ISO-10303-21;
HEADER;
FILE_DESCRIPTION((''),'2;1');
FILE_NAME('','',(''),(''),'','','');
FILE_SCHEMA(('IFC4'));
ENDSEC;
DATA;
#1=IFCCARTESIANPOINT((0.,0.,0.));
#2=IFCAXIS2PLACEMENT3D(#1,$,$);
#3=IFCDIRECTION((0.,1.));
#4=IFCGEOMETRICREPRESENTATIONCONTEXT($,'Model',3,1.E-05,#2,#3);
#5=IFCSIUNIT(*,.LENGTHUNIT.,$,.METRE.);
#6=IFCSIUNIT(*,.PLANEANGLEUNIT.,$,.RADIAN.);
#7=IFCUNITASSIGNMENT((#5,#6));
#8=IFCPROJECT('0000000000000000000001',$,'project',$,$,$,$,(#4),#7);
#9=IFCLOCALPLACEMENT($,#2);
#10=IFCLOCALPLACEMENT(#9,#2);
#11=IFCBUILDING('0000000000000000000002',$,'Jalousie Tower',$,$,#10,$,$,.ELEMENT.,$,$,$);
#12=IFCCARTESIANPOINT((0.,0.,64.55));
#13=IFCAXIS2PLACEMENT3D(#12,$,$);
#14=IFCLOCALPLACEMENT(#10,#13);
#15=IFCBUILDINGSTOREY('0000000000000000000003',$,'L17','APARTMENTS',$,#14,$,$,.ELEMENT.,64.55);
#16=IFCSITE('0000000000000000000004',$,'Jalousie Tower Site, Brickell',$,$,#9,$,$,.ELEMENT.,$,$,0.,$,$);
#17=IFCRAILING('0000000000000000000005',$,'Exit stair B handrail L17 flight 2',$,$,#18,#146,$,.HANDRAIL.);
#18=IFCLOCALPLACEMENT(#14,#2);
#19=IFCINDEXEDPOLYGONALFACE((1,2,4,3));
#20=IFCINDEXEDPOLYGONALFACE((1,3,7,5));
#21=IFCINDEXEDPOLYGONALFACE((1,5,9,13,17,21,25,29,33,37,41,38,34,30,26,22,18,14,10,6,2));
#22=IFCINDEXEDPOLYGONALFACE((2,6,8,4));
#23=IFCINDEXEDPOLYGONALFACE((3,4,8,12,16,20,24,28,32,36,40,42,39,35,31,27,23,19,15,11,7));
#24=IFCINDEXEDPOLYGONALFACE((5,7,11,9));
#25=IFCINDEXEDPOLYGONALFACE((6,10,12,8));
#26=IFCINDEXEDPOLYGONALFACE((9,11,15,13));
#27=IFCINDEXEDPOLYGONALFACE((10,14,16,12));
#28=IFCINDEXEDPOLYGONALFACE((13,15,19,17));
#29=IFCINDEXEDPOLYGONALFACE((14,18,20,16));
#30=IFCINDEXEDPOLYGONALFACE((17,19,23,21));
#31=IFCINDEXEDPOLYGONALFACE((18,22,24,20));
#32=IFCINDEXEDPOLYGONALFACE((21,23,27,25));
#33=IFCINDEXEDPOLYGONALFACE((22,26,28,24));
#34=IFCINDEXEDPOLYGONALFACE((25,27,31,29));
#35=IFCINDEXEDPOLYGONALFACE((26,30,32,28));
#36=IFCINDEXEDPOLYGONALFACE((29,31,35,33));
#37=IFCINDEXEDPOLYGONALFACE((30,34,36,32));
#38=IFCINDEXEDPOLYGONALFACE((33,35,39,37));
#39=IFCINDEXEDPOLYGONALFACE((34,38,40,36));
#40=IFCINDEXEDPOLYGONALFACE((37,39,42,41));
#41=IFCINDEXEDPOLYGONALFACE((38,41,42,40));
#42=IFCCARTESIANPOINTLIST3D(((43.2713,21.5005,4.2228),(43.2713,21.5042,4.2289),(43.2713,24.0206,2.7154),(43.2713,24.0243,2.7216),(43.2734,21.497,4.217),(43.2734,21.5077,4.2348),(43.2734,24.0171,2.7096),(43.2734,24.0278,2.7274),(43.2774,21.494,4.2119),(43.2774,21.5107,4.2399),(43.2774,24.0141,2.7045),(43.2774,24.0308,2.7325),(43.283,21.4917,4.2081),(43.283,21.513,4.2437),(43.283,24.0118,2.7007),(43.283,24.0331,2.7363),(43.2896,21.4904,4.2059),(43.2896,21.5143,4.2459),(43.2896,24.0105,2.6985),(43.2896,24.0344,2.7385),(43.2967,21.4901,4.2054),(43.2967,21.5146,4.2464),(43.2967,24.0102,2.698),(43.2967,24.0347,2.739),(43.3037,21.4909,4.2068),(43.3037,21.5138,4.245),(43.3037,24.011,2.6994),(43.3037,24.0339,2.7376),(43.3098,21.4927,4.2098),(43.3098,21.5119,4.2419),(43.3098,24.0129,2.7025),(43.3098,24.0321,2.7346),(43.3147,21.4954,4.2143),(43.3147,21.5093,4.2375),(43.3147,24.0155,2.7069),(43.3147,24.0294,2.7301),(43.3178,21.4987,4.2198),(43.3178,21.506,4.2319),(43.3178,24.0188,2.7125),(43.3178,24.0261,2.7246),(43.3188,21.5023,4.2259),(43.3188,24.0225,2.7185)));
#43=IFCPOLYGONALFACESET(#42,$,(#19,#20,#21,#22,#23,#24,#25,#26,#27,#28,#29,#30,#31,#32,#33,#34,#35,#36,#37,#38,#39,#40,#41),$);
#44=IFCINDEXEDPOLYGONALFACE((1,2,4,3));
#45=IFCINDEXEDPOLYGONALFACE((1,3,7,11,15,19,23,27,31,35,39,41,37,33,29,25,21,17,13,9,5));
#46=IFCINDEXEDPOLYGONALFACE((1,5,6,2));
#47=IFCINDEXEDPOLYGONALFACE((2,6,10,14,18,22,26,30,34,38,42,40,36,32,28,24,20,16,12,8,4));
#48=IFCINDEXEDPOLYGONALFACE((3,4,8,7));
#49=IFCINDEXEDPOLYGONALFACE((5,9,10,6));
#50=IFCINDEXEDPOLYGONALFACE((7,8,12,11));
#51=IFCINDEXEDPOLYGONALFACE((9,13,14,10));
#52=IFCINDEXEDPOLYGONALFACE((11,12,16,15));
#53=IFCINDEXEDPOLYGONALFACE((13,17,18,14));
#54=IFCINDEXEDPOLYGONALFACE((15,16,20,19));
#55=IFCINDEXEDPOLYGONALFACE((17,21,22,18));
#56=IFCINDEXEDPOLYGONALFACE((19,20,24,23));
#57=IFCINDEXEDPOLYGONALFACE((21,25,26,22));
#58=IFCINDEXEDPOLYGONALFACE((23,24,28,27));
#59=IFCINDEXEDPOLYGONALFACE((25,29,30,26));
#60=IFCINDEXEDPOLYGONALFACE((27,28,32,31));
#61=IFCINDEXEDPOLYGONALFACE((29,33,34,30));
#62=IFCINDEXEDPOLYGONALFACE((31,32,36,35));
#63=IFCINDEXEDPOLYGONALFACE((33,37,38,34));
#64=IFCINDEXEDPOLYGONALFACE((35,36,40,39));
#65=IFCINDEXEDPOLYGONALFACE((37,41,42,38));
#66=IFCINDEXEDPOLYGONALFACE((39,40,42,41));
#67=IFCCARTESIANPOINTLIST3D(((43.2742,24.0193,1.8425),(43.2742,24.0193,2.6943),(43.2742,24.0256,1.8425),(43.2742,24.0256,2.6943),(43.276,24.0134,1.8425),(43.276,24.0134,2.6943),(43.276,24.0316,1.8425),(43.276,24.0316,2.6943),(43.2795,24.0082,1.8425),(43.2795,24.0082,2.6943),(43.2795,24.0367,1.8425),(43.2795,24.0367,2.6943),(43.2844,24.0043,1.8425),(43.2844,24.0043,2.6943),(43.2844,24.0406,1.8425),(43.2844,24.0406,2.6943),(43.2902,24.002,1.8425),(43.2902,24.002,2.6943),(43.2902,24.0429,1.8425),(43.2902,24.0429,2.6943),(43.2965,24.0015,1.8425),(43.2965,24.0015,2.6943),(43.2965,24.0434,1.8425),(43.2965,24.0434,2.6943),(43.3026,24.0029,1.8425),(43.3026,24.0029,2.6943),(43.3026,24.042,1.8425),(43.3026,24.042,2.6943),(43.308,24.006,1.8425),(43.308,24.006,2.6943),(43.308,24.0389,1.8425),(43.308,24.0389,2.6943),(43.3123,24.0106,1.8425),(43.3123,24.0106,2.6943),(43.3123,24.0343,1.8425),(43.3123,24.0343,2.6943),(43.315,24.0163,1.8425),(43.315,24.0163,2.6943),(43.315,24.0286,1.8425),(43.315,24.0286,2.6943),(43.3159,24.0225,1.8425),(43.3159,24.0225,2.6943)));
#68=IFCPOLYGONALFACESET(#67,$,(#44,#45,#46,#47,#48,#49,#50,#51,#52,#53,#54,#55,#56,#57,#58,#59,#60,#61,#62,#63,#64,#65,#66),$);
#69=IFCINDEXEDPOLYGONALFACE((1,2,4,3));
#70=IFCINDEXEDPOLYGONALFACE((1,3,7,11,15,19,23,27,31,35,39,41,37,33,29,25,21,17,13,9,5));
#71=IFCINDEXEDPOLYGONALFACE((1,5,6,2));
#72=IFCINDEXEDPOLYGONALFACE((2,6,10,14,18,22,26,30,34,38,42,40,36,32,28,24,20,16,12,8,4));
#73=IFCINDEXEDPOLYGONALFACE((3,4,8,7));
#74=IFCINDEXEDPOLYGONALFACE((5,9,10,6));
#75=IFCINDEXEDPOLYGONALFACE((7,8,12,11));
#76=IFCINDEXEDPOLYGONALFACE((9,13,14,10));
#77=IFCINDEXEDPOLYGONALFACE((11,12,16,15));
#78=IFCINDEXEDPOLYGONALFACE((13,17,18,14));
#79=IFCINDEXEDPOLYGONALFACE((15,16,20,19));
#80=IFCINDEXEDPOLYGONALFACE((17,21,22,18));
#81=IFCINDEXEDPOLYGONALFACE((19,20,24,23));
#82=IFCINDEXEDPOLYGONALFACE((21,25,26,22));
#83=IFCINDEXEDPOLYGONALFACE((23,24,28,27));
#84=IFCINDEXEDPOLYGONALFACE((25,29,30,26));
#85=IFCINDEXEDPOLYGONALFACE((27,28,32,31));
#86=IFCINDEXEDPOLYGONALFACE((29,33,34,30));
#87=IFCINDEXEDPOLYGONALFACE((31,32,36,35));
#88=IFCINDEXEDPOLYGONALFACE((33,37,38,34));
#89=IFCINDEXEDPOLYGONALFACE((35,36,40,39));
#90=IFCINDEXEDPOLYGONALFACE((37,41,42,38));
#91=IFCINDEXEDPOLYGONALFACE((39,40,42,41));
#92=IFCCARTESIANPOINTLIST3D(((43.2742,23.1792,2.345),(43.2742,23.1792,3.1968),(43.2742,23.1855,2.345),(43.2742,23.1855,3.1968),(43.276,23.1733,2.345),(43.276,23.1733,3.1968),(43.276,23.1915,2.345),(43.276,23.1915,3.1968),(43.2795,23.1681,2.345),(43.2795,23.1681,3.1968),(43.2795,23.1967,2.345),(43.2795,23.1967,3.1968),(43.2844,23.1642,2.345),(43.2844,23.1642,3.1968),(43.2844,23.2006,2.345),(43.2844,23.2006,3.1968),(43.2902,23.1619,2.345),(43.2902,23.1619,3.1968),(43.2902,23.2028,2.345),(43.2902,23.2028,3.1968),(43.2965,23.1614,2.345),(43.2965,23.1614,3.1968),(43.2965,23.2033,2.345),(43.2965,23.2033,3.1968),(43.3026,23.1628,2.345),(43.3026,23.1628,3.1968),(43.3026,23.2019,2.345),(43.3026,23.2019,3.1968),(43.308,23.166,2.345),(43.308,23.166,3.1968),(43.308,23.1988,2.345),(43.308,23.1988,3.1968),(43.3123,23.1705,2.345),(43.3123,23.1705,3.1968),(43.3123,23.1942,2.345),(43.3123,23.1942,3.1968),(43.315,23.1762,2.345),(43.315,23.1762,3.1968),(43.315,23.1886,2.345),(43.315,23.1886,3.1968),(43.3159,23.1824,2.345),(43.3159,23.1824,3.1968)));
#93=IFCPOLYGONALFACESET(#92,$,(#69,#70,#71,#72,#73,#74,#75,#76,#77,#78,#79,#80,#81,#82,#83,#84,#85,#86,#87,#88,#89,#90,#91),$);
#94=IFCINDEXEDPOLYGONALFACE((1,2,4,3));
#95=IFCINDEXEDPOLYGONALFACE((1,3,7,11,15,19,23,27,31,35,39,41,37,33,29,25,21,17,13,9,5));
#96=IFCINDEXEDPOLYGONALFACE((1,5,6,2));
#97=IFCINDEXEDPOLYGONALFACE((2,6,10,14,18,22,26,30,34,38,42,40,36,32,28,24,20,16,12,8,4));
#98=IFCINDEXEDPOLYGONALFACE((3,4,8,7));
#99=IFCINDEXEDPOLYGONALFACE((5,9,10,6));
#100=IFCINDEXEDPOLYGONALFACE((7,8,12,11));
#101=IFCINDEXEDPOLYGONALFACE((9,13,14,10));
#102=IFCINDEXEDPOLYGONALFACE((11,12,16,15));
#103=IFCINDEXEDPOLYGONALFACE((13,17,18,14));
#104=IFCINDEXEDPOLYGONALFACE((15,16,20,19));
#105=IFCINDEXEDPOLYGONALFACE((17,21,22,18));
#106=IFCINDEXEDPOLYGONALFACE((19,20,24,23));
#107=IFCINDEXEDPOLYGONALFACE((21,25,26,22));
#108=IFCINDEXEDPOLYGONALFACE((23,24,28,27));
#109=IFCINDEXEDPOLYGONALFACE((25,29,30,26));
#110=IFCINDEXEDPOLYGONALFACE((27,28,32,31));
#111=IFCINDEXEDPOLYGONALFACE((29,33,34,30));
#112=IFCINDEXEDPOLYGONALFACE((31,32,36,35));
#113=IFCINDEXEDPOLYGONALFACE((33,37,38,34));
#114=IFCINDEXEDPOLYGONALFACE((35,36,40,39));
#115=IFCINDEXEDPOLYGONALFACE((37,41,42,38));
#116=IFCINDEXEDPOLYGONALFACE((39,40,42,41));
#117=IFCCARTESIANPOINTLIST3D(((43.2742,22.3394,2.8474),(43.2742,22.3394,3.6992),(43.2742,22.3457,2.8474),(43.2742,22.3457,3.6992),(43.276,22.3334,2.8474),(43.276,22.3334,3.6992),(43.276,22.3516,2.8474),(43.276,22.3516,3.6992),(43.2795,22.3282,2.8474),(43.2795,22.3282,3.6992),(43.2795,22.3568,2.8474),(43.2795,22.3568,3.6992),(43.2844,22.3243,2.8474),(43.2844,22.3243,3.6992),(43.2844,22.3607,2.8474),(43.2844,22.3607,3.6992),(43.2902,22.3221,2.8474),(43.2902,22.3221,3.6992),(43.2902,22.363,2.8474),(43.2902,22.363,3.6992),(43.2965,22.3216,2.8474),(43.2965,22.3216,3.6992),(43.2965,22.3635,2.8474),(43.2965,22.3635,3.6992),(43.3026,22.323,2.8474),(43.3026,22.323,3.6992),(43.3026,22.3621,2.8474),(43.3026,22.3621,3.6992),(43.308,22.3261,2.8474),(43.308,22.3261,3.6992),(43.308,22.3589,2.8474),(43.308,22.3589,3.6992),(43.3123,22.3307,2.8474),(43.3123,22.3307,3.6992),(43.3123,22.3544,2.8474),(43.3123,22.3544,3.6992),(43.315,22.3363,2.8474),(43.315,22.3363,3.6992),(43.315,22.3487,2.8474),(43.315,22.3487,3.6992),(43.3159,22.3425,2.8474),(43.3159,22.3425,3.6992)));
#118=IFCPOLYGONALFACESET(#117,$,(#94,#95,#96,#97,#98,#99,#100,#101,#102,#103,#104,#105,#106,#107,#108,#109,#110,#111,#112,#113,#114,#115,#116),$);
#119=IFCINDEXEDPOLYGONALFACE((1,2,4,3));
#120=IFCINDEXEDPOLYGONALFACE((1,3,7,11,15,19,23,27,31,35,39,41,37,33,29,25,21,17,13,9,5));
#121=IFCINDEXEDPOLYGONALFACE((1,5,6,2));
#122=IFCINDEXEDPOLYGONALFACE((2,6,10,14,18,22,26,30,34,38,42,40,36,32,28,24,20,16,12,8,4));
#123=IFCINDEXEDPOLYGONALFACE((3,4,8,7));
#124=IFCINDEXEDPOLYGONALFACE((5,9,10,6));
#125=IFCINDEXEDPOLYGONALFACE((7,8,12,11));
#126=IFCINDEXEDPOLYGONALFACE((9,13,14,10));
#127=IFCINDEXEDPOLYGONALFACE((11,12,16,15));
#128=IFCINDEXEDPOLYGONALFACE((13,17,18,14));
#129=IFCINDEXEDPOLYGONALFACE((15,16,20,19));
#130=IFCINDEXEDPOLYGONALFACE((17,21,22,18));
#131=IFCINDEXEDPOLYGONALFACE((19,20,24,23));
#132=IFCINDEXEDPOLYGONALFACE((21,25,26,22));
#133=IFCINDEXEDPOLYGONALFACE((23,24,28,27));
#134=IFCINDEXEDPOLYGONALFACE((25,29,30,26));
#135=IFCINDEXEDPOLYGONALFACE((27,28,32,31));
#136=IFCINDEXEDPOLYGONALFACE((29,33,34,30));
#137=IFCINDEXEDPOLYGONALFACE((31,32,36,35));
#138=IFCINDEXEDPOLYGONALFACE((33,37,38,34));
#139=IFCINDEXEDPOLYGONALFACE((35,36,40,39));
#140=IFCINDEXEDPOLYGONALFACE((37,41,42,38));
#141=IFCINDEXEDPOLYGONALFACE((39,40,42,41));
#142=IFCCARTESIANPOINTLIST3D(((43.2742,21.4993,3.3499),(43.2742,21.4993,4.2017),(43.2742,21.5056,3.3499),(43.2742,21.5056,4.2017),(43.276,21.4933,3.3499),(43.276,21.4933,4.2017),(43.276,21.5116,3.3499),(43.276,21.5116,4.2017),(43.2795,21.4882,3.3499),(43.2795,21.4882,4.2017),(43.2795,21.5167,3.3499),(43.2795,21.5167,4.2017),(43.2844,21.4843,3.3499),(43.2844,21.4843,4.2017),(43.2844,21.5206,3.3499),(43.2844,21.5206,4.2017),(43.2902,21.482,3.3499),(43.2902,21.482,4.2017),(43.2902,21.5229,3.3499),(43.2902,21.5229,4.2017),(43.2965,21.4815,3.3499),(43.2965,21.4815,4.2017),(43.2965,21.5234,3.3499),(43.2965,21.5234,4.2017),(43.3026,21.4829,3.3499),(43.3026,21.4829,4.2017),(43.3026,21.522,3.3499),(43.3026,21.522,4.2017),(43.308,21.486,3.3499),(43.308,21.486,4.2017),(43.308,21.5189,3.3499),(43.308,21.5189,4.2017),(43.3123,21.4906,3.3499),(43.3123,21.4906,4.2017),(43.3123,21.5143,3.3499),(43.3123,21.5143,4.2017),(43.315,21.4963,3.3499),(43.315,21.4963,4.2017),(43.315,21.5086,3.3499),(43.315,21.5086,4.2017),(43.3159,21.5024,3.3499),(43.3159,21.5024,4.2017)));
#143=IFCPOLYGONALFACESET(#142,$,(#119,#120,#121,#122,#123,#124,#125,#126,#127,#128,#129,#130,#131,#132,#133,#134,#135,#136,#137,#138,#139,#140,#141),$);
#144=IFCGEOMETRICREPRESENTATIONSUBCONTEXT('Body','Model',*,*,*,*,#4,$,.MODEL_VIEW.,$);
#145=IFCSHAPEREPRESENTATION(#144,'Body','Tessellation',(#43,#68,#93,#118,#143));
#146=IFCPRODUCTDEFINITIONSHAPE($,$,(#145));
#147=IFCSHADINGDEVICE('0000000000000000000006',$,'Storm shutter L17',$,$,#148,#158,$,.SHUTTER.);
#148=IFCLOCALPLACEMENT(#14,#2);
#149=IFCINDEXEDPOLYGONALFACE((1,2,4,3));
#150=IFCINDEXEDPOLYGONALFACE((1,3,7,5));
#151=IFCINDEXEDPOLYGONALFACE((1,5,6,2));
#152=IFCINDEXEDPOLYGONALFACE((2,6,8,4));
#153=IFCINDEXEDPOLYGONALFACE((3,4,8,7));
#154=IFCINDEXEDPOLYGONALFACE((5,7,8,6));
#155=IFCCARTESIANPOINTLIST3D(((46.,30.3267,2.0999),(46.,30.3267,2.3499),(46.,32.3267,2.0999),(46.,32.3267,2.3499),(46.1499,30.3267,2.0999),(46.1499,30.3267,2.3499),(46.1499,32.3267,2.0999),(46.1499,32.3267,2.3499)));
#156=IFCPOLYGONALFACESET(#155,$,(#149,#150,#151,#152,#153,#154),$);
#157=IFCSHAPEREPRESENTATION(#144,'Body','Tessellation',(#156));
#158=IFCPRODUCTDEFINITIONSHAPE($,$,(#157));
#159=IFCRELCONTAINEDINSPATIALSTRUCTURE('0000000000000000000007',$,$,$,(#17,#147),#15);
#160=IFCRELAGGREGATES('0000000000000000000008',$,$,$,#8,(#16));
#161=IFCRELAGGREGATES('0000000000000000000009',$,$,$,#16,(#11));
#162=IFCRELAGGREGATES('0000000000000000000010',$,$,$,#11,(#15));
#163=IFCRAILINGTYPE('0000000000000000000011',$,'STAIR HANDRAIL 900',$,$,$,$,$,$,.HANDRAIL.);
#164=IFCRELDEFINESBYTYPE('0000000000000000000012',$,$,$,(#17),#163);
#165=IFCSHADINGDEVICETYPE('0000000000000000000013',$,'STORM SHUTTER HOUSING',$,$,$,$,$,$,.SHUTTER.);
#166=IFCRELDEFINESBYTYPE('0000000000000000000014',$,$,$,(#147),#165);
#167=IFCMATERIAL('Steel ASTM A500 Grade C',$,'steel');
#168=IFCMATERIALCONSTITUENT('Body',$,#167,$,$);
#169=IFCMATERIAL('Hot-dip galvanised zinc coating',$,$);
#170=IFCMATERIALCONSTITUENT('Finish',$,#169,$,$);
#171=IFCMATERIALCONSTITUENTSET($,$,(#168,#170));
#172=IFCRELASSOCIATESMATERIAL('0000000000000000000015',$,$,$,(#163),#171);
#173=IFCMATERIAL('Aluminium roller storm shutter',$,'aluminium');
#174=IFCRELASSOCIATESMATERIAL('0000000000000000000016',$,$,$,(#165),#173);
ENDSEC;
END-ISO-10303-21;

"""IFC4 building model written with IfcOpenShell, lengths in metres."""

from ifc_helpers import new_model, si_unit, direction, frame, origin, origin_2d, place, context, subcontext, project, spatial, rectangle, circle, extrude, material, constituent, constituent_set, type_object, element, save


model = new_model("IFC4")

# Units and contexts
model_context = context("Model", 3, precision=1e-05, world=origin(), true_north=direction((0.0, 1.0)))
body_context = subcontext(model_context, "Body", "Model", "MODEL_VIEW")
ifc_project = project(units=[si_unit("LENGTHUNIT", "METRE"), si_unit("PLANEANGLEUNIT", "RADIAN")], contexts=[model_context])

# Site, building, storey
site_placement = place(None, origin())
site = spatial("IfcSite", under=ifc_project, at=site_placement, Name="Jalousie Tower Site, Brickell", CompositionType="ELEMENT", RefElevation=0.0)
building_placement = place(site_placement, origin())
building = spatial("IfcBuilding", under=site, at=building_placement, Name="Jalousie Tower", CompositionType="ELEMENT")
storey_placement = place(building_placement, frame((0.0, 0.0, 64.55)))
storey = spatial("IfcBuildingStorey", under=building, at=storey_placement, Name="L17", Description="APARTMENTS", CompositionType="ELEMENT", Elevation=64.55)

# Railing
ifc_material_1 = material(Name="Steel ASTM A500 Grade C", Category="steel")
ifc_constituent_1 = constituent(ifc_material_1, Name="Body")
ifc_material_2 = material(Name="Hot-dip galvanised zinc coating")
ifc_constituent_2 = constituent(ifc_material_2, Name="Finish")
ifc_constituent_set_1 = constituent_set(constituents=[ifc_constituent_1, ifc_constituent_2])
railing_type_1 = type_object("IfcRailingType", Name="STAIR HANDRAIL 900", PredefinedType="HANDRAIL", material=ifc_constituent_set_1)
railing_1_placement = place(storey_placement, frame((43.2949, 24.0225, 1.8425)))
element("IfcRailing", 1, at=railing_1_placement, inside=storey, type_object=railing_type_1, Name="Exit stair B handrail L17 flight 2", PredefinedType="HANDRAIL", context=body_context, shape_type="SweptSolid", body=[
    extrude(circle(Radius=0.0239, at=origin_2d()), frame((0.0, 0.0, 0.876), z_axis=(0.0, -0.858196, 0.513321), x_axis=(1.0, 0.0, 0.0)), (0.0, 0.0, 1.0), 2.9365),
    extrude(circle(Radius=0.021, at=origin_2d()), origin(), (0.0, 0.0, 1.0), 0.8518),
    extrude(circle(Radius=0.021, at=origin_2d()), frame((0.0, -0.8401, 0.5024)), (0.0, 0.0, 1.0), 0.8518),
    extrude(circle(Radius=0.021, at=origin_2d()), frame((0.0, -1.6799, 1.0049)), (0.0, 0.0, 1.0), 0.8518),
    extrude(circle(Radius=0.021, at=origin_2d()), frame((0.0, -2.52, 1.5073)), (0.0, 0.0, 1.0), 0.8518),
])

# Shading device
ifc_material_3 = material(Name="Aluminium roller storm shutter", Category="aluminium")
shading_device_type = type_object("IfcShadingDeviceType", Name="STORM SHUTTER HOUSING", PredefinedType="SHUTTER", material=ifc_material_3)
shading_device_placement = place(storey_placement, frame((46.075, 31.3267, 2.0999), z_axis=(0.0, 0.0, 1.0), x_axis=(0.0, 1.0, 0.0)))
element("IfcShadingDevice", 2, at=shading_device_placement, inside=storey, type_object=shading_device_type, Name="Storm shutter L17", PredefinedType="SHUTTER", context=body_context, shape_type="SweptSolid", body=[
    extrude(rectangle(XDim=2.0, YDim=0.1499, at=origin_2d()), origin(), (0.0, 0.0, 1.0), 0.25),
])

save(model, "model.ifc")
